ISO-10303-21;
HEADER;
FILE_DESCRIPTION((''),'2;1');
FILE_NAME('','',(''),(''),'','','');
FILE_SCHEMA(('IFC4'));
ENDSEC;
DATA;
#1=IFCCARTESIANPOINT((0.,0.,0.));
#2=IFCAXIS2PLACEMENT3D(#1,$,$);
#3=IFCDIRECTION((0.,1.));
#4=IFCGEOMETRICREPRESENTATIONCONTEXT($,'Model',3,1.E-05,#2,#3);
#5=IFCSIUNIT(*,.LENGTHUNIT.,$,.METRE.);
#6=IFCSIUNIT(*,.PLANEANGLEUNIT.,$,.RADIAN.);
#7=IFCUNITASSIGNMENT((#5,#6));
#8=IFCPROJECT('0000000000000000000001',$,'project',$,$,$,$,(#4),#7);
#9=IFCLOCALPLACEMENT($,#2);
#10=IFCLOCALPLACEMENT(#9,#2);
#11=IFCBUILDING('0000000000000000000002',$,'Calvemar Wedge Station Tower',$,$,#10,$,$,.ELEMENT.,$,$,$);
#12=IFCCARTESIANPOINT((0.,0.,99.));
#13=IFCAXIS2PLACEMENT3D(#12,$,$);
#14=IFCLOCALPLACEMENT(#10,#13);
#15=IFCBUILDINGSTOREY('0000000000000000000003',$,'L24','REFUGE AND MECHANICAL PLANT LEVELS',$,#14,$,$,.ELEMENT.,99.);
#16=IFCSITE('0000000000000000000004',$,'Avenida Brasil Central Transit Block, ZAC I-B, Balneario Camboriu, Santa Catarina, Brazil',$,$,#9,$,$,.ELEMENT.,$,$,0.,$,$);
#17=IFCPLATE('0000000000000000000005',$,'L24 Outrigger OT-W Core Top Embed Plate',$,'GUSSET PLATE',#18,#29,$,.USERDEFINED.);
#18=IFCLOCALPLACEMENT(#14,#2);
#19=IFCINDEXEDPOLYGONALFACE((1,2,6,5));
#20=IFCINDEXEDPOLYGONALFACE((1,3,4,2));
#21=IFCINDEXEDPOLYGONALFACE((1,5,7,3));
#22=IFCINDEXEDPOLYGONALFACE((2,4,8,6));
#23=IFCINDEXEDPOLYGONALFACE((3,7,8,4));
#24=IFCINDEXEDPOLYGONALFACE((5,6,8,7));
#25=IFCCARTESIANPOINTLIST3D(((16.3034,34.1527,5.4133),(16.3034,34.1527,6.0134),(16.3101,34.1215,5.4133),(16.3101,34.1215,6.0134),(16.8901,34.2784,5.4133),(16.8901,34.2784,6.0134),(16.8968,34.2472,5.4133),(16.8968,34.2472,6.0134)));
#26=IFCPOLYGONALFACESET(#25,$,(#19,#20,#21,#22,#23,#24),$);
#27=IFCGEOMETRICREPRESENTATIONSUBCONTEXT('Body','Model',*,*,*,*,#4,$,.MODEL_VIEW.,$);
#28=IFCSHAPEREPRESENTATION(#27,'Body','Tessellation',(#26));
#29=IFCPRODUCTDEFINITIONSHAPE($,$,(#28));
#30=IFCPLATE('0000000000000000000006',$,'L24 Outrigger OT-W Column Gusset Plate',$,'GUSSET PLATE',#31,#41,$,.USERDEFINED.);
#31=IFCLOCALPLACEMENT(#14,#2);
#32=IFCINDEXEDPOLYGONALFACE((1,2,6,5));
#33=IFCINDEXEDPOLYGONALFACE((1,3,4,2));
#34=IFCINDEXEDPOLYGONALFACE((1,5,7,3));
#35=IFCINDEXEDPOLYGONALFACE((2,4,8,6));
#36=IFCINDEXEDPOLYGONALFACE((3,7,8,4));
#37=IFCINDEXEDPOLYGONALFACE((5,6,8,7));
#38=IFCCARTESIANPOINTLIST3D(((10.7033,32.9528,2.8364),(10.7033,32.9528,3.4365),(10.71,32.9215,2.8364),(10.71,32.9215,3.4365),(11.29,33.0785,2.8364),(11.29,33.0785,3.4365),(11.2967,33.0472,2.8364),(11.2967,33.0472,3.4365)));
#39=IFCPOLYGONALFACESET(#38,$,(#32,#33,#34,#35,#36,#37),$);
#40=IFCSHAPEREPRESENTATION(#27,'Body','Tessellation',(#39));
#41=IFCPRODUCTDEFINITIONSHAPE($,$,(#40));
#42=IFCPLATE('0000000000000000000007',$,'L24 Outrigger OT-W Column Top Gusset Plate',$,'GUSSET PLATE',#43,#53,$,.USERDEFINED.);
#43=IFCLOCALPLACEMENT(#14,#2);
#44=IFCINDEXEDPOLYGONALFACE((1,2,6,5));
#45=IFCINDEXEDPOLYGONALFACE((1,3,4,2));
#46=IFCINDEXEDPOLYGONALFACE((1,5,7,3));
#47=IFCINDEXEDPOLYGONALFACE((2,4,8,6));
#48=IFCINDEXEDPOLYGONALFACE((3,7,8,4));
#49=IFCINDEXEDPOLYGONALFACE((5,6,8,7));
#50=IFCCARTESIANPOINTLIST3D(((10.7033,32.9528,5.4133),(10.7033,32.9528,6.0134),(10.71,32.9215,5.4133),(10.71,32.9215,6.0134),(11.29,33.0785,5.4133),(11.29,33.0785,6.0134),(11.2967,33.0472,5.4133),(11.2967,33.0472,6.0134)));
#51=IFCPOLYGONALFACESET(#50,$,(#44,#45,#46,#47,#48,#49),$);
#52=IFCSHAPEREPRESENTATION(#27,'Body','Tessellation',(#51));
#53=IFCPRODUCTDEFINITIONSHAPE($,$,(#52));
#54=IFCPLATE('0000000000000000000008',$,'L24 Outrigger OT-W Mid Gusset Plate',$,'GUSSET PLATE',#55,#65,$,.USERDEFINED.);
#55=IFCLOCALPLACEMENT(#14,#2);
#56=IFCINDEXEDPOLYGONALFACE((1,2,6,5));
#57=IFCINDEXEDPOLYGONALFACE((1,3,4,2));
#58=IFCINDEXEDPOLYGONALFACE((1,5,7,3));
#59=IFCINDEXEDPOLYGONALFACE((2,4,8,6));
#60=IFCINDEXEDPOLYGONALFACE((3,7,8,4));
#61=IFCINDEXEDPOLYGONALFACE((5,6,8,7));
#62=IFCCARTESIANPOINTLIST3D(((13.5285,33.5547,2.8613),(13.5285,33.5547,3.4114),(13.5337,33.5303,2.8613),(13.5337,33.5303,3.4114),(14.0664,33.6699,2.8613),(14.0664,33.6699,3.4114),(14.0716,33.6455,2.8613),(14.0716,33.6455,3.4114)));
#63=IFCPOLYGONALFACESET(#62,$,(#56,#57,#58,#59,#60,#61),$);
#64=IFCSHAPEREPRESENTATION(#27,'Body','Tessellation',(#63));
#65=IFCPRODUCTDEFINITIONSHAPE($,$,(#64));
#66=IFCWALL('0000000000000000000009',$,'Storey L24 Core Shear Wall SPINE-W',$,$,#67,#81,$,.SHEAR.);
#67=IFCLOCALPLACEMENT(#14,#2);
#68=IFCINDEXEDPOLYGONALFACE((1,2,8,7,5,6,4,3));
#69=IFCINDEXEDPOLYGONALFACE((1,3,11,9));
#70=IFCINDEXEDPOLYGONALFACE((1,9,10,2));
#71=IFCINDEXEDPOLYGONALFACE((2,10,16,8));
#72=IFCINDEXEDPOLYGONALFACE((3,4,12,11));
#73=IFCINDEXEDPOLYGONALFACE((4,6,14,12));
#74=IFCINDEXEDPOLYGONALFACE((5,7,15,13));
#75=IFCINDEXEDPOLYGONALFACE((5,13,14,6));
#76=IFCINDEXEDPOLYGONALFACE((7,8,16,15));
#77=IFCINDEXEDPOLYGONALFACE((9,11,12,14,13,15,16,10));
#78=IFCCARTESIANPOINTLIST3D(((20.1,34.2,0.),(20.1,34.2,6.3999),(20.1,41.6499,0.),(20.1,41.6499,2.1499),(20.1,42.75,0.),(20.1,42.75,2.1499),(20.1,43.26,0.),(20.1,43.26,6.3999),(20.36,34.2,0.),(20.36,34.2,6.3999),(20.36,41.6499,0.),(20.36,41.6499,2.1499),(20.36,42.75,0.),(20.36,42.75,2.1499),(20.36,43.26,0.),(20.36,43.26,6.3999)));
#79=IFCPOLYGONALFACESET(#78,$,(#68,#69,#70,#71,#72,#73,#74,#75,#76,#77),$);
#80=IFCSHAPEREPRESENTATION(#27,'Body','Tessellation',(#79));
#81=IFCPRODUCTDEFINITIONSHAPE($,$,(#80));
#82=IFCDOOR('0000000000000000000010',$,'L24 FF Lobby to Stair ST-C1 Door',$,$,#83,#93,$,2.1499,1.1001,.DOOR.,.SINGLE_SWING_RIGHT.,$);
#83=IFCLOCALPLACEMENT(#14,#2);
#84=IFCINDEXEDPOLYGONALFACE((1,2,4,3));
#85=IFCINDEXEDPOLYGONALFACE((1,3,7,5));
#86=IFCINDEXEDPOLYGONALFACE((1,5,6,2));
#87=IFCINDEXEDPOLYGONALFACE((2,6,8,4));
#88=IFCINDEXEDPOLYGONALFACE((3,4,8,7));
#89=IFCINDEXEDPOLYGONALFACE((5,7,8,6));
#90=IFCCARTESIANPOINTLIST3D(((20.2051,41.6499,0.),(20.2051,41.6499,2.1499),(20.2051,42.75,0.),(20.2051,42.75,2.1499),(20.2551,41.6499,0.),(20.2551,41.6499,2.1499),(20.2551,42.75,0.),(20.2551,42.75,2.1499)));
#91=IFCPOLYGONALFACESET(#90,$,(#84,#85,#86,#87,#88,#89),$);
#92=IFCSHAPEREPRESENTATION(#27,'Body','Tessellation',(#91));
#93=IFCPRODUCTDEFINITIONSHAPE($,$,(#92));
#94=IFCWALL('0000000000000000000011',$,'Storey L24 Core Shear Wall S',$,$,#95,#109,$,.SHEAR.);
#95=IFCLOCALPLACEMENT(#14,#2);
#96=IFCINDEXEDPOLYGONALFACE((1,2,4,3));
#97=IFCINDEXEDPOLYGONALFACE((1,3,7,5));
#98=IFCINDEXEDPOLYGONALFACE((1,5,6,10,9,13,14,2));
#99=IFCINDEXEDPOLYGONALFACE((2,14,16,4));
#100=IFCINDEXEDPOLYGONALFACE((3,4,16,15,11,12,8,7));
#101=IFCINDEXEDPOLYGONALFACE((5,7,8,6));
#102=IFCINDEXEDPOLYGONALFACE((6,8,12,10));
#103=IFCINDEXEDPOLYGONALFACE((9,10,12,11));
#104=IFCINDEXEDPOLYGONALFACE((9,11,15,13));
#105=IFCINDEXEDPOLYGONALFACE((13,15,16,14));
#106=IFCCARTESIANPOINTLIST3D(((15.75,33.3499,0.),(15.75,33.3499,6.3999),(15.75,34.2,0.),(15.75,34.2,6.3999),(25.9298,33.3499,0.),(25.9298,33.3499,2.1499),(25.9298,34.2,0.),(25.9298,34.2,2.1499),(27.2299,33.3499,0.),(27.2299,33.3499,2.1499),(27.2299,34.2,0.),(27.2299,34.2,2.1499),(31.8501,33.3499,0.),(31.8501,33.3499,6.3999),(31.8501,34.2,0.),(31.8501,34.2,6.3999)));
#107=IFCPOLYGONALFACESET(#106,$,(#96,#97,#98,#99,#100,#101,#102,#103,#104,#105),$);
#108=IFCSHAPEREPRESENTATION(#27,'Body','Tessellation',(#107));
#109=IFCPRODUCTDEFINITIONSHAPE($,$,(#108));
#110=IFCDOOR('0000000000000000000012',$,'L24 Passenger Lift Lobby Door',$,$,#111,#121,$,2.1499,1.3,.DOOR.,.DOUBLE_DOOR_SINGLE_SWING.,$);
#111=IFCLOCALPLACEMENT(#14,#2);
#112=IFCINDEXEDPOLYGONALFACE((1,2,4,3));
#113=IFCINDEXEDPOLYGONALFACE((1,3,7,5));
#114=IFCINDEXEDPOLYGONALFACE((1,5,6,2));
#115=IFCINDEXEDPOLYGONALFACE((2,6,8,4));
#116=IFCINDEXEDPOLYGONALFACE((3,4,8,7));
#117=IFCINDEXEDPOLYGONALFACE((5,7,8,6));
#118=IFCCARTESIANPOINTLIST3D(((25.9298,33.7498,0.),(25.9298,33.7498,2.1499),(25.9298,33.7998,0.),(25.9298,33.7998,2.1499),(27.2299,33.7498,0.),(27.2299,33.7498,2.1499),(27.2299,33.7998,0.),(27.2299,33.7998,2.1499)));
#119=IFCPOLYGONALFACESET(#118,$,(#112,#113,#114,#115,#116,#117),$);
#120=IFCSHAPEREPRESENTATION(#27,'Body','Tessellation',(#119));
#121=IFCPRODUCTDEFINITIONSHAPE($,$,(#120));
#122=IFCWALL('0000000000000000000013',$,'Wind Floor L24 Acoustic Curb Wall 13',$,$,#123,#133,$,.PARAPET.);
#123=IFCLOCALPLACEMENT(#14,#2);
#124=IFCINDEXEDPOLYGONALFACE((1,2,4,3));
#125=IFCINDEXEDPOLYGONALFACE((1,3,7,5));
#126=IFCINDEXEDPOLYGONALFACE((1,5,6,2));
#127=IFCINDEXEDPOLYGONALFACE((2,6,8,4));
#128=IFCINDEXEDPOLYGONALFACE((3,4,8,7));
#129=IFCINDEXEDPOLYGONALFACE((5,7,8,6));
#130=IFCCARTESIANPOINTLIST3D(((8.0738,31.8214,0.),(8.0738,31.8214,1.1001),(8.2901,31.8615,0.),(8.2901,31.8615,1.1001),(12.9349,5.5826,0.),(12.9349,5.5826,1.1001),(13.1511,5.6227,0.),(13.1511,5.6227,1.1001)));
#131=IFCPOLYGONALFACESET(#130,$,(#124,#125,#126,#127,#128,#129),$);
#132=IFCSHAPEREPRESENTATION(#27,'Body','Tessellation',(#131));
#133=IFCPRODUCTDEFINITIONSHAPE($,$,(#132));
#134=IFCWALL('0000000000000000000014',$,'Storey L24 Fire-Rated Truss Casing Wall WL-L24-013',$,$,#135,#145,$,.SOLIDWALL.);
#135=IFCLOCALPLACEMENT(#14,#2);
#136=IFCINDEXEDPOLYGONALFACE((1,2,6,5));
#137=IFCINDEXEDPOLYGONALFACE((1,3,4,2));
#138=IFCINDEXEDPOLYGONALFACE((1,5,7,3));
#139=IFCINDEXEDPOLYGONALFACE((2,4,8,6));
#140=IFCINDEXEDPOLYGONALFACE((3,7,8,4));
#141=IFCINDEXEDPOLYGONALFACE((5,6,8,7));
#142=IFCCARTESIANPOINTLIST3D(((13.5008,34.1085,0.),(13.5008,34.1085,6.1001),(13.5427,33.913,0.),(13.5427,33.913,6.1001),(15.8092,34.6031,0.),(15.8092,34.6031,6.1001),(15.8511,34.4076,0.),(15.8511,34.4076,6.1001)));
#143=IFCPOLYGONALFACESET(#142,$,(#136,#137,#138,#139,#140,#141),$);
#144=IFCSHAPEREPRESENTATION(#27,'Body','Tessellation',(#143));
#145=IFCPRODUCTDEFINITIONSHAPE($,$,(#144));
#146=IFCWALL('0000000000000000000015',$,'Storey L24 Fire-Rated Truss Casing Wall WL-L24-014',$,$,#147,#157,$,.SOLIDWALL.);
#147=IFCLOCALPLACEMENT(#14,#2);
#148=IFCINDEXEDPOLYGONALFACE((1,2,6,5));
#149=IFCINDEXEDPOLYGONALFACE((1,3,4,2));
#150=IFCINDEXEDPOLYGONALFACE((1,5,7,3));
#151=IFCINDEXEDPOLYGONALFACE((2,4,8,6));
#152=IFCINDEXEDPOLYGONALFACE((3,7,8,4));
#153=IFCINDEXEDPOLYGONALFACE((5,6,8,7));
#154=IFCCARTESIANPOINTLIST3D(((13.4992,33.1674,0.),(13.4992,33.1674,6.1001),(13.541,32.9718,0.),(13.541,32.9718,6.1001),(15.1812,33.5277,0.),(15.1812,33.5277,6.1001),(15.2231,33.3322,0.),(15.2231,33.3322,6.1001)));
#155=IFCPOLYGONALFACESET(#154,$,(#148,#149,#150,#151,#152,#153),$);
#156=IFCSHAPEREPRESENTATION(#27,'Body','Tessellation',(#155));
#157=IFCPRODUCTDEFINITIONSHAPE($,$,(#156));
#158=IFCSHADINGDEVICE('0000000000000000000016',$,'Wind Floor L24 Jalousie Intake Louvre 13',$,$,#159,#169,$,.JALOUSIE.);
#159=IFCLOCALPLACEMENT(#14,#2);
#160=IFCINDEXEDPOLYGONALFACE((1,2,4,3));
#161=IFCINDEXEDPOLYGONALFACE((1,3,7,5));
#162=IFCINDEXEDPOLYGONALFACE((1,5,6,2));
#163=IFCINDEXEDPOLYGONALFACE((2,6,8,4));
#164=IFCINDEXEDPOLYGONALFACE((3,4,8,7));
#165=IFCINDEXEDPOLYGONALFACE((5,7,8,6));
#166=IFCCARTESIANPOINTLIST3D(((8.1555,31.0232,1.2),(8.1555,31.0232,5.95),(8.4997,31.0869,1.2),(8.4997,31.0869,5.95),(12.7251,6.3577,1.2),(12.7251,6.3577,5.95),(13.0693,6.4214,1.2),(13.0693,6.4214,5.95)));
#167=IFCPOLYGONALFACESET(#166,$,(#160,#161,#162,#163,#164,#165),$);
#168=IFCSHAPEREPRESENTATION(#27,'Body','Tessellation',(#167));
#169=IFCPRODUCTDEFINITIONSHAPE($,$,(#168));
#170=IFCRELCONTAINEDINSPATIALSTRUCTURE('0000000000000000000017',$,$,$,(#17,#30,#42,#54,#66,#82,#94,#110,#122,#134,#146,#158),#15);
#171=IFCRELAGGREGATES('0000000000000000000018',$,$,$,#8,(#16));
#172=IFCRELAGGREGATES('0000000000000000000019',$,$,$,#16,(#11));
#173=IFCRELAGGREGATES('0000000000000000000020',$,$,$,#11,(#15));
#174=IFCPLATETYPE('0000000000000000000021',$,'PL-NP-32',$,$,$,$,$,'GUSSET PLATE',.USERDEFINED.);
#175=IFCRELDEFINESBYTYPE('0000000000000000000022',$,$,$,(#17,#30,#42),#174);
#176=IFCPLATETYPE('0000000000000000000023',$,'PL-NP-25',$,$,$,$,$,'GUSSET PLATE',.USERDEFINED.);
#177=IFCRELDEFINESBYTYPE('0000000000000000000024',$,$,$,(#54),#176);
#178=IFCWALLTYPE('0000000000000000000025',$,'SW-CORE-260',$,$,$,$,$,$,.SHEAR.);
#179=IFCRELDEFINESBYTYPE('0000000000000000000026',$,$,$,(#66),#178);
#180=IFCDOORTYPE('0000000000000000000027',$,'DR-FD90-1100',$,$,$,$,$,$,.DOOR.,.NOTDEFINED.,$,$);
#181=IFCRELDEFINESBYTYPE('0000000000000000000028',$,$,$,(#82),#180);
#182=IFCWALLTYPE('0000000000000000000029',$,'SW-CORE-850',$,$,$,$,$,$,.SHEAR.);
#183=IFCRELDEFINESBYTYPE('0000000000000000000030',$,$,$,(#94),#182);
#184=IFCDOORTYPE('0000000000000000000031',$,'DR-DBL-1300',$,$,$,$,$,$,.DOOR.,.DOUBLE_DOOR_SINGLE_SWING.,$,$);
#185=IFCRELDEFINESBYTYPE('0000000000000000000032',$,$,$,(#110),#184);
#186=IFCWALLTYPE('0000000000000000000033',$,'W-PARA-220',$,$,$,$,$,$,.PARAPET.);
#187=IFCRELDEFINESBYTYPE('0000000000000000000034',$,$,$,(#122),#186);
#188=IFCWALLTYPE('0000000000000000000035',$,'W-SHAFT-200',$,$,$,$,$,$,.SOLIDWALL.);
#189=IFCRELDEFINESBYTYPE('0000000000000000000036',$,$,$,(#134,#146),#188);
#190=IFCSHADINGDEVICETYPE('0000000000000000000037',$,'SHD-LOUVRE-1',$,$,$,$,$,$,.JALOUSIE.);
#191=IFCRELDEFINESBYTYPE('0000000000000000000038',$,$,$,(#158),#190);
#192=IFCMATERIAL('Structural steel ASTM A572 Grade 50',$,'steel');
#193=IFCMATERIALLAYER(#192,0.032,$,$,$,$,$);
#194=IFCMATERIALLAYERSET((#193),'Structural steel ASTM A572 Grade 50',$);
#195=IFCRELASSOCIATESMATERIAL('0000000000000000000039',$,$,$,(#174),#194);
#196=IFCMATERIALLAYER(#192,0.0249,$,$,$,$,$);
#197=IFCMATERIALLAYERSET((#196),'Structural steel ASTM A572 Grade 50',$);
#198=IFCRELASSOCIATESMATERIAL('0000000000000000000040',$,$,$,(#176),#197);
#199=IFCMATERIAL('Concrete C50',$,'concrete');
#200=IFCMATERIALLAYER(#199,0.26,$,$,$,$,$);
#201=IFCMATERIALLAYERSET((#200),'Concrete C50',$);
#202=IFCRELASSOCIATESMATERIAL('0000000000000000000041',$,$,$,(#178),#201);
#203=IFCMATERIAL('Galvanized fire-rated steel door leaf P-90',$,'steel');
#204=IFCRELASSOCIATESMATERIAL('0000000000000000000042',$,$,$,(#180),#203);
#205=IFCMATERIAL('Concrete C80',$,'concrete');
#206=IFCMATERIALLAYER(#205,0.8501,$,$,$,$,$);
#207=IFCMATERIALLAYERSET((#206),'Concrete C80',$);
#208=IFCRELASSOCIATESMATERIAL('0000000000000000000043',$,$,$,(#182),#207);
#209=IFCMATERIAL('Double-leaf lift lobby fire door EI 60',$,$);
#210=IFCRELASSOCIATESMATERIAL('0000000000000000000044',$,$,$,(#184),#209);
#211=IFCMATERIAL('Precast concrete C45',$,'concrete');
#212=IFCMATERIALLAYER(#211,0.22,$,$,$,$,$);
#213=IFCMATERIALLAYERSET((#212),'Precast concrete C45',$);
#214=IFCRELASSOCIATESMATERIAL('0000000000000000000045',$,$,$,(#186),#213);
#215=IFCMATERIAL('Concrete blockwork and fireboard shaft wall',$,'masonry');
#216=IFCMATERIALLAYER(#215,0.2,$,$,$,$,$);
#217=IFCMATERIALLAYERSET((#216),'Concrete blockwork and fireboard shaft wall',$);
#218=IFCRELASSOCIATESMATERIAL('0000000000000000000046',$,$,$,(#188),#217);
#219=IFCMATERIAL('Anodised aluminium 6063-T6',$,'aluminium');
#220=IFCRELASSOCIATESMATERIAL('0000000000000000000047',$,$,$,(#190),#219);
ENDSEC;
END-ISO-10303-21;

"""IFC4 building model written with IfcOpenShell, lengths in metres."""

from ifc_helpers import new_model, si_unit, direction, frame, frame_2d, origin, origin_2d, place, context, subcontext, project, spatial, rectangle, extrude, source, transform, mapped, material, layer, layer_set, type_object, element, fill, save


model = new_model("IFC4")

# Units and contexts
model_context = context("Model", 3, precision=1e-05, world=origin(), true_north=direction((0.0, 1.0)))
body_context = subcontext(model_context, "Body", "Model", "MODEL_VIEW")
ifc_project = project(units=[si_unit("LENGTHUNIT", "METRE"), si_unit("PLANEANGLEUNIT", "RADIAN")], contexts=[model_context])

# Site, building, storey
site_placement = place(None, origin())
site = spatial("IfcSite", under=ifc_project, at=site_placement, Name="Avenida Brasil Central Transit Block, ZAC I-B, Balneario Camboriu, Santa Catarina, Brazil", CompositionType="ELEMENT", RefElevation=0.0)
building_placement = place(site_placement, origin())
building = spatial("IfcBuilding", under=site, at=building_placement, Name="Calvemar Wedge Station Tower", CompositionType="ELEMENT")
storey_placement = place(building_placement, frame((0.0, 0.0, 99.0)))
storey = spatial("IfcBuildingStorey", under=building, at=storey_placement, Name="L24", Description="REFUGE AND MECHANICAL PLANT LEVELS", CompositionType="ELEMENT", Elevation=99.0)

# Shared definitions
ifc_material_1 = material(Name="Structural steel ASTM A572 Grade 50", Category="steel")

# Plates
ifc_layer_1 = layer(ifc_material_1, 0.032)
ifc_layer_set_1 = layer_set([ifc_layer_1], Name="Structural steel ASTM A572 Grade 50")
plate_type_1 = type_object("IfcPlateType", Name="PL-NP-32", ElementType="GUSSET PLATE", PredefinedType="USERDEFINED", material=ifc_layer_set_1)
shared_shape_1 = source(origin(), body_context, "Body", "SweptSolid", [
    extrude(rectangle(XDim=0.6001, YDim=0.032, at=origin_2d()), origin(), (0.0, 0.0, 1.0), 0.6001),
])
for number, where, z_axis, x_axis, name in (
    (1, (16.6001, 34.2, 5.4133), (0.0, 0.0, 1.0), (-0.97782, -0.209448, 0.0), "L24 Outrigger OT-W Core Top Embed Plate"),
    (2, (11.0, 33.0, 2.8364), (0.0, 0.0, 1.0), (-0.97782, -0.209448, 0.0), "L24 Outrigger OT-W Column Gusset Plate"),
    (3, (11.0, 33.0, 5.4133), (0.0, 0.0, 1.0), (-0.97782, -0.209448, 0.0), "L24 Outrigger OT-W Column Top Gusset Plate"),
):
    element("IfcPlate", number, at=place(storey_placement, frame(where, z_axis=z_axis, x_axis=x_axis)), inside=storey, type_object=plate_type_1, Name=name, ObjectType="GUSSET PLATE", PredefinedType="USERDEFINED", context=body_context, shape_type="MappedRepresentation", body=[
        mapped(shared_shape_1, transform((0.0, 0.0, 0.0), scale=1.0)),
    ])
ifc_layer_2 = layer(ifc_material_1, 0.0249)
ifc_layer_set_2 = layer_set([ifc_layer_2], Name="Structural steel ASTM A572 Grade 50")
plate_type_2 = type_object("IfcPlateType", Name="PL-NP-25", ElementType="GUSSET PLATE", PredefinedType="USERDEFINED", material=ifc_layer_set_2)
shared_shape_2 = source(origin(), body_context, "Body", "SweptSolid", [
    extrude(rectangle(XDim=0.55, YDim=0.0249, at=origin_2d()), origin(), (0.0, 0.0, 1.0), 0.55),
])
plate_1_placement = place(storey_placement, frame((13.8, 33.6001, 2.8613), z_axis=(0.0, 0.0, 1.0), x_axis=(-0.97782, -0.209448, 0.0)))
element("IfcPlate", 4, at=plate_1_placement, inside=storey, type_object=plate_type_2, Name="L24 Outrigger OT-W Mid Gusset Plate", ObjectType="GUSSET PLATE", PredefinedType="USERDEFINED", context=body_context, shape_type="MappedRepresentation", body=[
    mapped(shared_shape_2, transform((0.0, 0.0, 0.0), scale=1.0)),
])

# Walls, openings, doors
ifc_material_2 = material(Name="Concrete C50", Category="concrete")
ifc_layer_3 = layer(ifc_material_2, 0.26)
ifc_layer_set_3 = layer_set([ifc_layer_3], Name="Concrete C50")
wall_type_1 = type_object("IfcWallType", Name="SW-CORE-260", PredefinedType="SHEAR", material=ifc_layer_set_3)
wall_1_placement = place(storey_placement, frame((20.23, 34.2, 0.0), z_axis=(0.0, 0.0, 1.0), x_axis=(0.0, 1.0, 0.0)))
wall_1 = element("IfcWall", 5, at=wall_1_placement, inside=storey, type_object=wall_type_1, Name="Storey L24 Core Shear Wall SPINE-W", PredefinedType="SHEAR", context=body_context, shape_type="SweptSolid", body=[
    extrude(rectangle(XDim=9.0601, YDim=0.26, at=frame_2d((4.53, 0.0))), origin(), (0.0, 0.0, 1.0), 6.3999),
])
shared_shape_3 = source(origin(), body_context, "Body", "SweptSolid", [
    extrude(rectangle(XDim=1.1001, YDim=2.1499, at=frame_2d((0.55, 1.075))), frame((0.0, 0.1401, 0.0), z_axis=(0.0, -1.0, 0.0), x_axis=(1.0, 0.0, 0.0)), (0.0, 0.0, 1.0), 0.28),
])
opening_1_placement = place(wall_1_placement, frame((7.45, 0.0, 0.0)))
opening_1 = element("IfcOpeningElement", 6, at=opening_1_placement, cuts=wall_1, PredefinedType="OPENING", context=body_context, shape_type="MappedRepresentation", body=[
    mapped(shared_shape_3, transform((0.0, 0.0, 0.0), scale=1.0)),
])
ifc_material_3 = material(Name="Galvanized fire-rated steel door leaf P-90", Category="steel")
door_type_1 = type_object("IfcDoorType", Name="DR-FD90-1100", OperationType="NOTDEFINED", PredefinedType="DOOR", material=ifc_material_3)
shared_shape_4 = source(origin(), body_context, "Body", "SweptSolid", [
    extrude(rectangle(XDim=1.1001, YDim=2.1499, at=frame_2d((0.55, 1.075))), frame((0.0, 0.0249, 0.0), z_axis=(0.0, -1.0, 0.0), x_axis=(1.0, 0.0, 0.0)), (0.0, 0.0, 1.0), 0.05),
])
door_1_placement = place(opening_1_placement, origin())
door_1 = element("IfcDoor", 7, at=door_1_placement, inside=storey, type_object=door_type_1, Name="L24 FF Lobby to Stair ST-C1 Door", OperationType="SINGLE_SWING_RIGHT", OverallHeight=2.1499, OverallWidth=1.1001, PredefinedType="DOOR", context=body_context, shape_type="MappedRepresentation", body=[
    mapped(shared_shape_4, transform((0.0, 0.0, 0.0), scale=1.0)),
])
fill(opening_1, door_1)
ifc_material_4 = material(Name="Concrete C80", Category="concrete")
ifc_layer_4 = layer(ifc_material_4, 0.8501)
ifc_layer_set_4 = layer_set([ifc_layer_4], Name="Concrete C80")
wall_type_2 = type_object("IfcWallType", Name="SW-CORE-850", PredefinedType="SHEAR", material=ifc_layer_set_4)
wall_2_placement = place(storey_placement, frame((15.75, 33.7749, 0.0), z_axis=(0.0, 0.0, 1.0), x_axis=(1.0, 0.0, 0.0)))
wall_2 = element("IfcWall", 8, at=wall_2_placement, inside=storey, type_object=wall_type_2, Name="Storey L24 Core Shear Wall S", PredefinedType="SHEAR", context=body_context, shape_type="SweptSolid", body=[
    extrude(rectangle(XDim=16.1001, YDim=0.8501, at=frame_2d((8.05, 0.0))), origin(), (0.0, 0.0, 1.0), 6.3999),
])
shared_shape_5 = source(origin(), body_context, "Body", "SweptSolid", [
    extrude(rectangle(XDim=1.3, YDim=2.1499, at=frame_2d((0.6499, 1.075))), frame((0.0, 0.4351, 0.0), z_axis=(0.0, -1.0, 0.0), x_axis=(1.0, 0.0, 0.0)), (0.0, 0.0, 1.0), 0.8701),
])
opening_2_placement = place(wall_2_placement, frame((10.1799, 0.0, 0.0)))
opening_2 = element("IfcOpeningElement", 9, at=opening_2_placement, cuts=wall_2, PredefinedType="OPENING", context=body_context, shape_type="MappedRepresentation", body=[
    mapped(shared_shape_5, transform((0.0, 0.0, 0.0), scale=1.0)),
])
ifc_material_5 = material(Name="Double-leaf lift lobby fire door EI 60")
door_type_2 = type_object("IfcDoorType", Name="DR-DBL-1300", OperationType="DOUBLE_DOOR_SINGLE_SWING", PredefinedType="DOOR", material=ifc_material_5)
shared_shape_6 = source(origin(), body_context, "Body", "SweptSolid", [
    extrude(rectangle(XDim=1.3, YDim=2.1499, at=frame_2d((0.6499, 1.075))), frame((0.0, 0.0249, 0.0), z_axis=(0.0, -1.0, 0.0), x_axis=(1.0, 0.0, 0.0)), (0.0, 0.0, 1.0), 0.05),
])
door_2_placement = place(opening_2_placement, origin())
door_2 = element("IfcDoor", 10, at=door_2_placement, inside=storey, type_object=door_type_2, Name="L24 Passenger Lift Lobby Door", OperationType="DOUBLE_DOOR_SINGLE_SWING", OverallHeight=2.1499, OverallWidth=1.3, PredefinedType="DOOR", context=body_context, shape_type="MappedRepresentation", body=[
    mapped(shared_shape_6, transform((0.0, 0.0, 0.0), scale=1.0)),
])
fill(opening_2, door_2)

# Walls
ifc_material_6 = material(Name="Precast concrete C45", Category="concrete")
ifc_layer_5 = layer(ifc_material_6, 0.22)
ifc_layer_set_5 = layer_set([ifc_layer_5], Name="Precast concrete C45")
wall_type_3 = type_object("IfcWallType", Name="W-PARA-220", PredefinedType="PARAPET", material=ifc_layer_set_5)
wall_3_placement = place(storey_placement, frame((8.1819, 31.8416, 0.0), z_axis=(0.0, 0.0, 1.0), x_axis=(0.182164, -0.983268, 0.0)))
element("IfcWall", 11, at=wall_3_placement, inside=storey, type_object=wall_type_3, Name="Wind Floor L24 Acoustic Curb Wall 13", PredefinedType="PARAPET", context=body_context, shape_type="SweptSolid", body=[
    extrude(rectangle(XDim=26.6853, YDim=0.22, at=frame_2d((13.3428, 0.0))), origin(), (0.0, 0.0, 1.0), 1.1001),
])
ifc_material_7 = material(Name="Concrete blockwork and fireboard shaft wall", Category="masonry")
ifc_layer_6 = layer(ifc_material_7, 0.2)
ifc_layer_set_6 = layer_set([ifc_layer_6], Name="Concrete blockwork and fireboard shaft wall")
wall_type_4 = type_object("IfcWallType", Name="W-SHAFT-200", PredefinedType="SOLIDWALL", material=ifc_layer_set_6)
wall_4_placement = place(storey_placement, frame((13.5217, 34.0107, 0.0), z_axis=(0.0, 0.0, 1.0), x_axis=(0.977804, 0.209522, 0.0)))
element("IfcWall", 12, at=wall_4_placement, inside=storey, type_object=wall_type_4, Name="Storey L24 Fire-Rated Truss Casing Wall WL-L24-013", PredefinedType="SOLIDWALL", context=body_context, shape_type="SweptSolid", body=[
    extrude(rectangle(XDim=2.3608, YDim=0.2, at=frame_2d((1.1804, 0.0))), origin(), (0.0, 0.0, 1.0), 6.1001),
])
wall_5_placement = place(storey_placement, frame((15.2021, 33.4299, 0.0), z_axis=(0.0, 0.0, 1.0), x_axis=(-0.977815, -0.209471, 0.0)))
element("IfcWall", 13, at=wall_5_placement, inside=storey, type_object=wall_type_4, Name="Storey L24 Fire-Rated Truss Casing Wall WL-L24-014", PredefinedType="SOLIDWALL", context=body_context, shape_type="SweptSolid", body=[
    extrude(rectangle(XDim=1.7202, YDim=0.2, at=frame_2d((0.8601, 0.0))), origin(), (0.0, 0.0, 1.0), 6.1001),
])

# Shading device
ifc_material_8 = material(Name="Anodised aluminium 6063-T6", Category="aluminium")
shading_device_type = type_object("IfcShadingDeviceType", Name="SHD-LOUVRE-1", PredefinedType="JALOUSIE", material=ifc_material_8)
shading_device_placement = place(storey_placement, frame((8.3276, 31.0549, 1.2), z_axis=(0.0, 0.0, 1.0), x_axis=(0.182162, -0.983269, 0.0)))
element("IfcShadingDevice", 14, at=shading_device_placement, inside=storey, type_object=shading_device_type, Name="Wind Floor L24 Jalousie Intake Louvre 13", PredefinedType="JALOUSIE", context=body_context, shape_type="SweptSolid", body=[
    extrude(rectangle(XDim=25.0852, YDim=0.3501, at=frame_2d((12.5425, 0.0))), origin(), (0.0, 0.0, 1.0), 4.75),
])

save(model, "model.ifc")
